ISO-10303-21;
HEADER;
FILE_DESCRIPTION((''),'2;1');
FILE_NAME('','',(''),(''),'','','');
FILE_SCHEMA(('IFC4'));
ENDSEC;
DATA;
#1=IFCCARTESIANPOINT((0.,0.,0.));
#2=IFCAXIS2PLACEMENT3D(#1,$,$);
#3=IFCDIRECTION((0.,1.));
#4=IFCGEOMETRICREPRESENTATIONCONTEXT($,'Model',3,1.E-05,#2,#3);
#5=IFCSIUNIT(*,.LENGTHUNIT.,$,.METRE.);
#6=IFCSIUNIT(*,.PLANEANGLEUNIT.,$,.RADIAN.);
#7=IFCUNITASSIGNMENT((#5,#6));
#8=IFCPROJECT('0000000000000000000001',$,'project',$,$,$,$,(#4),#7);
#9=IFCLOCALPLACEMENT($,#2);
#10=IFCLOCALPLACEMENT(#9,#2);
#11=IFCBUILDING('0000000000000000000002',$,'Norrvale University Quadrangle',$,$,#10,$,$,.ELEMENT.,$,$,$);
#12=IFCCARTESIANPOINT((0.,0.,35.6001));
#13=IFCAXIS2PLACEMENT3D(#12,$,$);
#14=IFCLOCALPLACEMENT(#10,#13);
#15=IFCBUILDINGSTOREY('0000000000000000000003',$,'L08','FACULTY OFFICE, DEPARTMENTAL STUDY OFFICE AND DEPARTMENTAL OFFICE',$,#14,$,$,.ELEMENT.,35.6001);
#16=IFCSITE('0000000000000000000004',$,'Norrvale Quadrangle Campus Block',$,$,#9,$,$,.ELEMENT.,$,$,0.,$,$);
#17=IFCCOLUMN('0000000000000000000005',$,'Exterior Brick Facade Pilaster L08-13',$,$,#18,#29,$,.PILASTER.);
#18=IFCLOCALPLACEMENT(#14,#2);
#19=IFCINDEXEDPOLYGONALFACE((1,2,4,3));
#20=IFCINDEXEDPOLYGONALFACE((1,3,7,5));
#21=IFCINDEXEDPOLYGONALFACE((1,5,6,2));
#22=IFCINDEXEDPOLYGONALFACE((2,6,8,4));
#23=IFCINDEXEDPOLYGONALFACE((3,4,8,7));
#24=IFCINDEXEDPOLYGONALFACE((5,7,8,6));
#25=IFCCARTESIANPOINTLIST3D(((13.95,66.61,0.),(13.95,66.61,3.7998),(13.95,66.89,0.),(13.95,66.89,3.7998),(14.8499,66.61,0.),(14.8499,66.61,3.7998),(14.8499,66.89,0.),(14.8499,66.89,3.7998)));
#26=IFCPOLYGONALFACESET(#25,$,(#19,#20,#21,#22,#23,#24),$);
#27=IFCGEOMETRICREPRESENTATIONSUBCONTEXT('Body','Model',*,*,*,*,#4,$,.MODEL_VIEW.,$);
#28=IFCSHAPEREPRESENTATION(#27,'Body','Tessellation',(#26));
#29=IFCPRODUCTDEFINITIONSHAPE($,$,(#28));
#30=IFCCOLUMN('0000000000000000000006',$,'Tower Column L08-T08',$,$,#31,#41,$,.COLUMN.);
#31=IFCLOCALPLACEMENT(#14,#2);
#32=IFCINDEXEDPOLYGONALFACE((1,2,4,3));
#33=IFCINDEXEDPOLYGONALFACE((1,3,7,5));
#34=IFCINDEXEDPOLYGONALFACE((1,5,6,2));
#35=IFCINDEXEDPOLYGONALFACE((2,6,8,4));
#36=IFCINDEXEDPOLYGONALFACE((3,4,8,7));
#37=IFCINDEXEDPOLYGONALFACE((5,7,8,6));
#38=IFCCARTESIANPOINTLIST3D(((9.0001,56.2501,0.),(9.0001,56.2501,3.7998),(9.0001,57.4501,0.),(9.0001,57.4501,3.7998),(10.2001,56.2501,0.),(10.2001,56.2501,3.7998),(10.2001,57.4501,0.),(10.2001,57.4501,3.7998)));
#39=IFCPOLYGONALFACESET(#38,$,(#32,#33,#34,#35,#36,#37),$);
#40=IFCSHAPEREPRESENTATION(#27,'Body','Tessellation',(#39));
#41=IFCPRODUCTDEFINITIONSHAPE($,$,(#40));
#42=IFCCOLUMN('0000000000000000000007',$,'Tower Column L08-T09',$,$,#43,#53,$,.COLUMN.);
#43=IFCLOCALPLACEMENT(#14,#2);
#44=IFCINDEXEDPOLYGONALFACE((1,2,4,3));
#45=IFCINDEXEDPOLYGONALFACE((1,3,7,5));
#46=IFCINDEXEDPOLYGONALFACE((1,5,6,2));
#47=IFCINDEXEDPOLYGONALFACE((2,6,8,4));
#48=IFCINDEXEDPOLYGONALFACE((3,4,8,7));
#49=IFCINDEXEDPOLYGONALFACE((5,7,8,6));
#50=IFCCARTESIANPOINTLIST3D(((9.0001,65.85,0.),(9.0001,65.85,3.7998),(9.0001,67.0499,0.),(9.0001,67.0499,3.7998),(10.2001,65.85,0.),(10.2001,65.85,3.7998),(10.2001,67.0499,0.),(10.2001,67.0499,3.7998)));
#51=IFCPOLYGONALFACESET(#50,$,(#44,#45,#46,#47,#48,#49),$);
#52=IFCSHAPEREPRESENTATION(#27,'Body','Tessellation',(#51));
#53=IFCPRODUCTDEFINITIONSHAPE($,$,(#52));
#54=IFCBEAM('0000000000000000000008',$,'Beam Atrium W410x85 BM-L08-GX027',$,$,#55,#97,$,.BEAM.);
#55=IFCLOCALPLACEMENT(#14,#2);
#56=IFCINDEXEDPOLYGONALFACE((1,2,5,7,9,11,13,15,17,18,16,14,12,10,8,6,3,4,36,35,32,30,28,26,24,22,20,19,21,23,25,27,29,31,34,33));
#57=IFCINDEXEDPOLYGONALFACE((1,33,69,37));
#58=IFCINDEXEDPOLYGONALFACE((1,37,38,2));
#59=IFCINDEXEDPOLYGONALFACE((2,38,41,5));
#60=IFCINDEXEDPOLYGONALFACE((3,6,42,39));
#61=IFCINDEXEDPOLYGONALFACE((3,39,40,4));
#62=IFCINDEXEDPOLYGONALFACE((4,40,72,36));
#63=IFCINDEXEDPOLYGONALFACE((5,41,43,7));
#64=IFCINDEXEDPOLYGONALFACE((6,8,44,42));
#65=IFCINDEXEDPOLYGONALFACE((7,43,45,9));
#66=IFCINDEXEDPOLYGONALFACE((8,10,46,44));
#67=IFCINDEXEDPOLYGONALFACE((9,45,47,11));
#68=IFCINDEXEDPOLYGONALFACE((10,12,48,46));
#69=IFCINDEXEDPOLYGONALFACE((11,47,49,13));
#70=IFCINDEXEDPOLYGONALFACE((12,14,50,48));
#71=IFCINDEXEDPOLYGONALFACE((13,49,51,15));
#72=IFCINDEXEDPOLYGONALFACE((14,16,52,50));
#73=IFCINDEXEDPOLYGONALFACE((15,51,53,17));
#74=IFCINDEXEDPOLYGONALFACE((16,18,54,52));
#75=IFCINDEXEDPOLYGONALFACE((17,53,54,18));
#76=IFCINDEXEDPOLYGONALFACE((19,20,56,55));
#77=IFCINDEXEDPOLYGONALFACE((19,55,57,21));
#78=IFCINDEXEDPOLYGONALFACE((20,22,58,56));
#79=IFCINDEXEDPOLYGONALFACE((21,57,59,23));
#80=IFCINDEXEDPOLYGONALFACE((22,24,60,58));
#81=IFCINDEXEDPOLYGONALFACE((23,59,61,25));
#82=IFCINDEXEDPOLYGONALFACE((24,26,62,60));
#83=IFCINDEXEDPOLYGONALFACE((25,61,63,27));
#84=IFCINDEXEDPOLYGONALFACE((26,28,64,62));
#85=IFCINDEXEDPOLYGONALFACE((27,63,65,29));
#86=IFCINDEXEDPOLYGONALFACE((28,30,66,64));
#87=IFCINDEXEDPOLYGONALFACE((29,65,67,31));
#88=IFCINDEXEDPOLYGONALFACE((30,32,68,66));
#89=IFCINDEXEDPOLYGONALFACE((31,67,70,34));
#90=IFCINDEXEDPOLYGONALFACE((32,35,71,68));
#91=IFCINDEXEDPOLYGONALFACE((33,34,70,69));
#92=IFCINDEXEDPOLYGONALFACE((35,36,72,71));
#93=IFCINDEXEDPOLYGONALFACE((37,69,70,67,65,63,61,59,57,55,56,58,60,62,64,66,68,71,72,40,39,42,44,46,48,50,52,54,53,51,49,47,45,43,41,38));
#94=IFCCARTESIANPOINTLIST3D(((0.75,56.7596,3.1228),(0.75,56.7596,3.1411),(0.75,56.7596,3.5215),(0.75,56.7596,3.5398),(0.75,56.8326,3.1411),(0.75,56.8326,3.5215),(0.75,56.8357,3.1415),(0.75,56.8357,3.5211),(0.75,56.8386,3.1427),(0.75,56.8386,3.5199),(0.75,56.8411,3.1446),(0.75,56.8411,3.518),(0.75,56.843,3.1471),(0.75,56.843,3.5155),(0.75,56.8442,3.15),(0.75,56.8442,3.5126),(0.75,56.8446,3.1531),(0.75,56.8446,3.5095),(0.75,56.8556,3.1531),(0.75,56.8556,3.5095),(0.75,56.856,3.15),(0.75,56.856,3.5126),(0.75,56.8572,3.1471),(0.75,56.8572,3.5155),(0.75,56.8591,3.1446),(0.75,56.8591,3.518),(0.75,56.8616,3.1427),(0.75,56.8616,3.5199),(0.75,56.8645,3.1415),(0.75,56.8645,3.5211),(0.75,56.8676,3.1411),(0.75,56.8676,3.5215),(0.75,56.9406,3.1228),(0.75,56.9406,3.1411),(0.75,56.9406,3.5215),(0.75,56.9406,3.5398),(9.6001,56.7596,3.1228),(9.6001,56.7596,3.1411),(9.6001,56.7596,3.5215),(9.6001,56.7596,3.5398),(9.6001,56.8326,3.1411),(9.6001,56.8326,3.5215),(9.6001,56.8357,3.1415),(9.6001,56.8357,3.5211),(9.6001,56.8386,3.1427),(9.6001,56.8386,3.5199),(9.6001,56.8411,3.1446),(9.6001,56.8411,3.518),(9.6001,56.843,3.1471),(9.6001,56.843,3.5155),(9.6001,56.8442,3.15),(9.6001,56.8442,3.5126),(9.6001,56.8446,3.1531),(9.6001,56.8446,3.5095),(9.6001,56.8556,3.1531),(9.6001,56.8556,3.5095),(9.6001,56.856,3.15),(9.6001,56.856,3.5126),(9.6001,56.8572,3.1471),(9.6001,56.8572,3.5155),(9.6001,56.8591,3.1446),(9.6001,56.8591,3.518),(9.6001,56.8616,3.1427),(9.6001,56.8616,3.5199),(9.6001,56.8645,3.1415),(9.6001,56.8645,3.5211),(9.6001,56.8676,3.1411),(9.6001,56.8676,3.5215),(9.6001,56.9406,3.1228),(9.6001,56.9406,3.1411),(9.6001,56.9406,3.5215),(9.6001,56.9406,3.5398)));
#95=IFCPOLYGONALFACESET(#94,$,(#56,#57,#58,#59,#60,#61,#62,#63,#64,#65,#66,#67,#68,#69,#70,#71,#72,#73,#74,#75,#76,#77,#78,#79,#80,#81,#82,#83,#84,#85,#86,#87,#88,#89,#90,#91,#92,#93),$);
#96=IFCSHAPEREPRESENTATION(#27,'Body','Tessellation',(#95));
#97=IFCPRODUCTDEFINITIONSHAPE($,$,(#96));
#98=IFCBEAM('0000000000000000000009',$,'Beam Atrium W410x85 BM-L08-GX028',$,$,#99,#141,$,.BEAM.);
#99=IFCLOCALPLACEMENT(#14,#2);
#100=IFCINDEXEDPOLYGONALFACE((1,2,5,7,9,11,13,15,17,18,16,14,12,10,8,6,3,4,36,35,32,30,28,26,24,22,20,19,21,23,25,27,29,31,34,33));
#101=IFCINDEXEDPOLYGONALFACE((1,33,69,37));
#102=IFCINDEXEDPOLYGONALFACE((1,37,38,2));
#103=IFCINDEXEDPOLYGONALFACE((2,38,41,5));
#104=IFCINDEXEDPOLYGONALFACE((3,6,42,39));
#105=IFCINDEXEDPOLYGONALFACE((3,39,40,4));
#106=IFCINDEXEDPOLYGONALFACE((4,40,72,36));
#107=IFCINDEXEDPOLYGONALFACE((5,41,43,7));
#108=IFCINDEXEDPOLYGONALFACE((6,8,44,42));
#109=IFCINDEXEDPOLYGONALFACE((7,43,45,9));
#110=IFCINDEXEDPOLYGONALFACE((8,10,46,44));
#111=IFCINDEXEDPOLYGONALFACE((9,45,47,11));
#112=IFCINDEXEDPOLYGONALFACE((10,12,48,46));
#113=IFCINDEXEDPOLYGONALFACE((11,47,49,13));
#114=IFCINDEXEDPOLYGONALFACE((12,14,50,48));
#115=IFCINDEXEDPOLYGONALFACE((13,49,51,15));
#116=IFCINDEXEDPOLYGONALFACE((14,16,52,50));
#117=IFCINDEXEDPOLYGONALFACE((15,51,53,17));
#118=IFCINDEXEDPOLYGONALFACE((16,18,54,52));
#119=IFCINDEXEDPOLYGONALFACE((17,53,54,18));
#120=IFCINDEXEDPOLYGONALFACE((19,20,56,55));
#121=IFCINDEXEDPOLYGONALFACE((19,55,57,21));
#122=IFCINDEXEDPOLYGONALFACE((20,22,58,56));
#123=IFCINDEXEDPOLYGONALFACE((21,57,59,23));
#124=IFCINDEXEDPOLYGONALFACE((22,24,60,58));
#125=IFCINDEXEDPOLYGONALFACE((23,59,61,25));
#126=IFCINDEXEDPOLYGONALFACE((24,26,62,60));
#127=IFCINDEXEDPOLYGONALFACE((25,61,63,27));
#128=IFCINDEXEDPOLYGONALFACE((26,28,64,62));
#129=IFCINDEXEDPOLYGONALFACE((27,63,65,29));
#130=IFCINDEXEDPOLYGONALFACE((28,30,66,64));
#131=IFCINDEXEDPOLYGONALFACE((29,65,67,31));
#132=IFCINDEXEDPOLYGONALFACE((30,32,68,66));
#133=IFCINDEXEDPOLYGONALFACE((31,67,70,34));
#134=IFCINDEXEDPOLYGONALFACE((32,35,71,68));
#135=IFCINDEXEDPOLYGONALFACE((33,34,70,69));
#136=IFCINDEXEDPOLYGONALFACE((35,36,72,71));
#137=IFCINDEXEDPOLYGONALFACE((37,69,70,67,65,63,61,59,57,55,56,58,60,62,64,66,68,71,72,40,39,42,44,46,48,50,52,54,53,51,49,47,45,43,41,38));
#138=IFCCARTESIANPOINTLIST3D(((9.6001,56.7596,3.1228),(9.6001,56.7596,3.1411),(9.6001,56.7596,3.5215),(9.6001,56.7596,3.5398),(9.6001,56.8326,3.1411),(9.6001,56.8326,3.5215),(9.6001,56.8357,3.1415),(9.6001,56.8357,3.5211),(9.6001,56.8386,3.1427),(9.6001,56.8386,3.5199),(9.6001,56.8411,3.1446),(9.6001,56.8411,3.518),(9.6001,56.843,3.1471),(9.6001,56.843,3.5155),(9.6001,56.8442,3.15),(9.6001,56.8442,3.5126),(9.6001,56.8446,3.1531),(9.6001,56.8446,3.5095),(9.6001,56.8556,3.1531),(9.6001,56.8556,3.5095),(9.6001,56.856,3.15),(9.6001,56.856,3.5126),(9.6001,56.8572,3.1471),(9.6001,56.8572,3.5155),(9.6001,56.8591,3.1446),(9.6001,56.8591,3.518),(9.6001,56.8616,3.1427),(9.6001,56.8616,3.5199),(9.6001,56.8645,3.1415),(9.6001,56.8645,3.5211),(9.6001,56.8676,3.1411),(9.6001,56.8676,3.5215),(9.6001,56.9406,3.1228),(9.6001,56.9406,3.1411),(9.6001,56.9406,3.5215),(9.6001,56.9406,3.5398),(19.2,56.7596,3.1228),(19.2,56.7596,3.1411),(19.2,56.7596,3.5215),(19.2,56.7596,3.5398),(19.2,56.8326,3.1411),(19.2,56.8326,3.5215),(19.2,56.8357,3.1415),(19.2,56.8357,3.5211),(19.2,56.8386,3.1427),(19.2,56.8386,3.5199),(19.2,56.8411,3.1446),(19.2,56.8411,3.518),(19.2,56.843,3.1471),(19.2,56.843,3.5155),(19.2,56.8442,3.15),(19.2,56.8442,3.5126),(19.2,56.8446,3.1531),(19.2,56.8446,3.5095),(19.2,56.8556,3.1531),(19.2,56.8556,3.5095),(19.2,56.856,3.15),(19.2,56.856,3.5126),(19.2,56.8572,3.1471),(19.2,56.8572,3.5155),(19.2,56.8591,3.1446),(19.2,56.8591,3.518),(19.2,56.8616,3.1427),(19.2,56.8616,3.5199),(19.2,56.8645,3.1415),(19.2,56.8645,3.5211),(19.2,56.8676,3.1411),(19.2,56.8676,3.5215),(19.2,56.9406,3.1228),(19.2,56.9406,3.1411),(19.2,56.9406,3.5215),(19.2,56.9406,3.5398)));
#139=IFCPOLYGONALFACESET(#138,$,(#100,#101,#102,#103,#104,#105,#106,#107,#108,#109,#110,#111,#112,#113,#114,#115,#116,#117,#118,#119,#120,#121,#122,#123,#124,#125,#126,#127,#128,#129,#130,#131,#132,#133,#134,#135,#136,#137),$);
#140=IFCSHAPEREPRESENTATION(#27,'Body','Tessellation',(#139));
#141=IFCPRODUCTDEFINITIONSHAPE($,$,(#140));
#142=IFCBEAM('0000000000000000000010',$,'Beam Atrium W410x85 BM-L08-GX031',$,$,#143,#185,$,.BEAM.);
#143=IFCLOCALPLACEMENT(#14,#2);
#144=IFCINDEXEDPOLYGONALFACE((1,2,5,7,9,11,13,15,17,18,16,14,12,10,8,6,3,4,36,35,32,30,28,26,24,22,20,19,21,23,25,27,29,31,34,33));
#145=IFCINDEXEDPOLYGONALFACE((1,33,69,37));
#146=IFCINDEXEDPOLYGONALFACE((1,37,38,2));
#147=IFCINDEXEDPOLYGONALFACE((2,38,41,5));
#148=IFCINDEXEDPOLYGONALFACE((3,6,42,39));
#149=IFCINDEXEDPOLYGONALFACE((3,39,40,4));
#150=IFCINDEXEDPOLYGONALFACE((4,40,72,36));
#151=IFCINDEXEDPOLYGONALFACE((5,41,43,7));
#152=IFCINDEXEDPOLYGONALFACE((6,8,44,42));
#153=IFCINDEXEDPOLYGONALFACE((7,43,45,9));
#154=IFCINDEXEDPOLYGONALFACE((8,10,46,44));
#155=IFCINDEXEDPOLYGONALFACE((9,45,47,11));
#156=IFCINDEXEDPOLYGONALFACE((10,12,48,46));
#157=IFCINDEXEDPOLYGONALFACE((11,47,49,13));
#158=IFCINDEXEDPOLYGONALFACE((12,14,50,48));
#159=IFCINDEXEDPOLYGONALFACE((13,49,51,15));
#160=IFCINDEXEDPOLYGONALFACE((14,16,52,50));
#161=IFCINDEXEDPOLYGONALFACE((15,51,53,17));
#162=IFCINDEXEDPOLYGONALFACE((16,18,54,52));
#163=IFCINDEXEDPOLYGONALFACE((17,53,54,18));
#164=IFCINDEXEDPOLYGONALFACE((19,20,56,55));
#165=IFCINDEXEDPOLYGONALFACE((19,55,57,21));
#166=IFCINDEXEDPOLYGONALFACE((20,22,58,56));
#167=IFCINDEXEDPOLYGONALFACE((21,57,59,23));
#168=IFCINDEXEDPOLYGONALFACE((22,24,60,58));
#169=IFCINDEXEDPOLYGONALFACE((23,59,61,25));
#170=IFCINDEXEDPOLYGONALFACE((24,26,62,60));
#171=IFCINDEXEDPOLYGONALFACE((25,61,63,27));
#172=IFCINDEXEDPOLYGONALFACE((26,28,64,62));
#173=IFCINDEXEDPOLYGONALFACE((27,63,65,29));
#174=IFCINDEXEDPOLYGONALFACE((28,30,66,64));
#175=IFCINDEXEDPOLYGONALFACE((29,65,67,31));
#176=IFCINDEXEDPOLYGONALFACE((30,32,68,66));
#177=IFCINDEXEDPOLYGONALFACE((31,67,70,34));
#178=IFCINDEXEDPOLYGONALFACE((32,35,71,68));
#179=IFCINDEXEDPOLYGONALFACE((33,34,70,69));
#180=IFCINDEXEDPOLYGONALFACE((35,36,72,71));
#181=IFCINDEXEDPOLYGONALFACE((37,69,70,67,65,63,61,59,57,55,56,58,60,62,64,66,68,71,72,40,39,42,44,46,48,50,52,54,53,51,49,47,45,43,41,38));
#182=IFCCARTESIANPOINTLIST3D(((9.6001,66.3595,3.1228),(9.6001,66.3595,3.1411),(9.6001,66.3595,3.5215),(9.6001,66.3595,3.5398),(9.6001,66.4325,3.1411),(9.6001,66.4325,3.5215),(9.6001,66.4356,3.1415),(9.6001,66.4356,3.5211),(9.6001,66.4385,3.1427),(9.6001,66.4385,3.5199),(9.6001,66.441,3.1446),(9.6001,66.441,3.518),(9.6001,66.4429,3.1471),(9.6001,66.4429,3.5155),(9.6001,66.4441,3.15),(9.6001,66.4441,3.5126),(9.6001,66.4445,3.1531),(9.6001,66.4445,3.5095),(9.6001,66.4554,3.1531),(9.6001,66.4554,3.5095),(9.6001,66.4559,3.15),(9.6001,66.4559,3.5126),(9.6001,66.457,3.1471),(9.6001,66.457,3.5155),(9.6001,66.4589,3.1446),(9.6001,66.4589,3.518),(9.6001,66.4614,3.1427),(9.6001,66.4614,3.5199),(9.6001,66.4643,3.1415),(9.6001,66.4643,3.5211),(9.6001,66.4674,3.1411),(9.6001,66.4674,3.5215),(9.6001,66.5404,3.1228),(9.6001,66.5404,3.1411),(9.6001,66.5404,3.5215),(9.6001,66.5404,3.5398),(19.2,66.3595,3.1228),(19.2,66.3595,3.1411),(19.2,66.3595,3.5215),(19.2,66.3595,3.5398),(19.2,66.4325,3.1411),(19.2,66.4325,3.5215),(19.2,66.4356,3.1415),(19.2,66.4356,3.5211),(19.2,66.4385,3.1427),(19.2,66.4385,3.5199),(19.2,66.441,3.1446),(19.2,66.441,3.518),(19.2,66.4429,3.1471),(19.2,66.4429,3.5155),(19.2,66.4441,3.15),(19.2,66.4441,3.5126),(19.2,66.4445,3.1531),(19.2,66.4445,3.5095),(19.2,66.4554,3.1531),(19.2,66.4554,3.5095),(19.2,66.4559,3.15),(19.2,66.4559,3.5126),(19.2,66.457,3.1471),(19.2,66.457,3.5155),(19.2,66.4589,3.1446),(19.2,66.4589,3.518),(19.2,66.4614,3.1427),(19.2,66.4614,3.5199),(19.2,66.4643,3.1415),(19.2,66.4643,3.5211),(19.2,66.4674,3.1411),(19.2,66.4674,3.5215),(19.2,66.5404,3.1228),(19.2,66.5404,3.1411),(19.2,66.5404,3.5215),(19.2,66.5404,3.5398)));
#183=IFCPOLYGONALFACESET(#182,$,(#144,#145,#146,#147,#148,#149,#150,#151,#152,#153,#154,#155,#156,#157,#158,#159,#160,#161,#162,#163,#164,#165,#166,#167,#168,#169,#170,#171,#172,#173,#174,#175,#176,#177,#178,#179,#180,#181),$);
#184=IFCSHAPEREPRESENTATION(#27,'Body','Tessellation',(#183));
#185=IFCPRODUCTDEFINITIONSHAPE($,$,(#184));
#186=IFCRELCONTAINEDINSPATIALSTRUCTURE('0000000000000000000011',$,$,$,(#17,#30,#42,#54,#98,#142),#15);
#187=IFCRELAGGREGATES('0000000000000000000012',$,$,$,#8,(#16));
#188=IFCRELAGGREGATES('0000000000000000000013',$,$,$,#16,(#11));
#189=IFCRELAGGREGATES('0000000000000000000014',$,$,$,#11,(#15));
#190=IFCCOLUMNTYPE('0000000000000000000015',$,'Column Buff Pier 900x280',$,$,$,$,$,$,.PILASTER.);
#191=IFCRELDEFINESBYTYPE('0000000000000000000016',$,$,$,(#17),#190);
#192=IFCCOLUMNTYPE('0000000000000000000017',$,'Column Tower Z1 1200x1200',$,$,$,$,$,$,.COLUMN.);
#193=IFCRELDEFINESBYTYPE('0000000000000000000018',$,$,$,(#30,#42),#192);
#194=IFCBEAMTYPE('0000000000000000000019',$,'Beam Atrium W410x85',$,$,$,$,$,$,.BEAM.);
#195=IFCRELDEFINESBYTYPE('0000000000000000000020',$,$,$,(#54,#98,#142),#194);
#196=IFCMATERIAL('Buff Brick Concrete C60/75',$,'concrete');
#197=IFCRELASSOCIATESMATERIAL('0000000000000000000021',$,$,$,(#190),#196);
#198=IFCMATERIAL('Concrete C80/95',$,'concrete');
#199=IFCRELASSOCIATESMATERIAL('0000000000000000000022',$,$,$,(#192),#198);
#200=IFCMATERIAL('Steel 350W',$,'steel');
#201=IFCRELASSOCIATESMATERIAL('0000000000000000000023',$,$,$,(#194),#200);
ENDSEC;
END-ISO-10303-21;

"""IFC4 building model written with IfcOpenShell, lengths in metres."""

from ifc_helpers import new_model, si_unit, direction, frame, origin, origin_2d, place, context, subcontext, project, spatial, rectangle, i_section, extrude, material, material_profile, profile_set, type_object, element, save


model = new_model("IFC4")

# Units and contexts
model_context = context("Model", 3, precision=1e-05, world=origin(), true_north=direction((0.0, 1.0)))
body_context = subcontext(model_context, "Body", "Model", "MODEL_VIEW")
ifc_project = project(units=[si_unit("LENGTHUNIT", "METRE"), si_unit("PLANEANGLEUNIT", "RADIAN")], contexts=[model_context])

# Site, building, storey
site_placement = place(None, origin())
site = spatial("IfcSite", under=ifc_project, at=site_placement, Name="Norrvale Quadrangle Campus Block", CompositionType="ELEMENT", RefElevation=0.0)
building_placement = place(site_placement, origin())
building = spatial("IfcBuilding", under=site, at=building_placement, Name="Norrvale University Quadrangle", CompositionType="ELEMENT")
storey_placement = place(building_placement, frame((0.0, 0.0, 35.6001)))
storey = spatial("IfcBuildingStorey", under=building, at=storey_placement, Name="L08", Description="FACULTY OFFICE, DEPARTMENTAL STUDY OFFICE AND DEPARTMENTAL OFFICE", CompositionType="ELEMENT", Elevation=35.6001)

# Columns
ifc_material_1 = material(Name="Buff Brick Concrete C60/75", Category="concrete")
ifc_material_profile_1 = material_profile(ifc_material_1, rectangle(XDim=0.8999, YDim=0.28, at=origin_2d()), Name="Buff Brick Concrete C60/75")
ifc_profile_set_1 = profile_set([ifc_material_profile_1], Name="Buff Brick Concrete C60/75")
column_type_1 = type_object("IfcColumnType", Name="Column Buff Pier 900x280", PredefinedType="PILASTER", material=ifc_profile_set_1)
column_placement = place(storey_placement, frame((14.3999, 66.75, 0.0), z_axis=(0.0, 0.0, 1.0), x_axis=(1.0, 0.0, 0.0)))
element("IfcColumn", 1, at=column_placement, inside=storey, type_object=column_type_1, Name="Exterior Brick Facade Pilaster L08-13", PredefinedType="PILASTER", context=body_context, shape_type="SweptSolid", body=[
    extrude(rectangle(XDim=0.8999, YDim=0.28, at=origin_2d()), origin(), (0.0, 0.0, 1.0), 3.7998),
])
ifc_material_2 = material(Name="Concrete C80/95", Category="concrete")
ifc_material_profile_2 = material_profile(ifc_material_2, rectangle(XDim=1.2, YDim=1.2, at=origin_2d()), Name="Concrete C80/95")
ifc_profile_set_2 = profile_set([ifc_material_profile_2], Name="Concrete C80/95")
column_type_2 = type_object("IfcColumnType", Name="Column Tower Z1 1200x1200", PredefinedType="COLUMN", material=ifc_profile_set_2)
for number, where, z_axis, x_axis, name in (
    (2, (9.6001, 56.8501, 0.0), (0.0, 0.0, 1.0), (1.0, 0.0, 0.0), "Tower Column L08-T08"),
    (3, (9.6001, 66.45, 0.0), (0.0, 0.0, 1.0), (1.0, 0.0, 0.0), "Tower Column L08-T09"),
):
    element("IfcColumn", number, at=place(storey_placement, frame(where, z_axis=z_axis, x_axis=x_axis)), inside=storey, type_object=column_type_2, Name=name, PredefinedType="COLUMN", context=body_context, shape_type="SweptSolid", body=[
        extrude(rectangle(XDim=1.2, YDim=1.2, at=origin_2d()), origin(), (0.0, 0.0, 1.0), 3.7998),
    ])

# Beams
ifc_material_3 = material(Name="Steel 350W", Category="steel")
ifc_material_profile_3 = material_profile(ifc_material_3, i_section(OverallWidth=0.1809, OverallDepth=0.417, WebThickness=0.011, FlangeThickness=0.0183, FilletRadius=0.012, at=origin_2d()), Name="Steel 350W")
ifc_profile_set_3 = profile_set([ifc_material_profile_3], Name="Steel 350W")
beam_type_1 = type_object("IfcBeamType", Name="Beam Atrium W410x85", PredefinedType="BEAM", material=ifc_profile_set_3)
beam_1_placement = place(storey_placement, frame((0.75, 56.8501, 3.3313), z_axis=(1.0, 0.0, 0.0), x_axis=(0.0, 1.0, 0.0)))
element("IfcBeam", 4, at=beam_1_placement, inside=storey, type_object=beam_type_1, Name="Beam Atrium W410x85 BM-L08-GX027", PredefinedType="BEAM", context=body_context, shape_type="SweptSolid", body=[
    extrude(i_section(OverallWidth=0.1809, OverallDepth=0.417, WebThickness=0.011, FlangeThickness=0.0183, FilletRadius=0.012, at=origin_2d()), origin(), (0.0, 0.0, 1.0), 8.8501),
])
for number, where, z_axis, x_axis, name in (
    (5, (9.6001, 56.8501, 3.3313), (1.0, 0.0, 0.0), (0.0, 1.0, 0.0), "Beam Atrium W410x85 BM-L08-GX028"),
    (6, (9.6001, 66.45, 3.3313), (1.0, 0.0, 0.0), (0.0, 1.0, 0.0), "Beam Atrium W410x85 BM-L08-GX031"),
):
    element("IfcBeam", number, at=place(storey_placement, frame(where, z_axis=z_axis, x_axis=x_axis)), inside=storey, type_object=beam_type_1, Name=name, PredefinedType="BEAM", context=body_context, shape_type="SweptSolid", body=[
        extrude(i_section(OverallWidth=0.1809, OverallDepth=0.417, WebThickness=0.011, FlangeThickness=0.0183, FilletRadius=0.012, at=origin_2d()), origin(), (0.0, 0.0, 1.0), 9.5999),
    ])

save(model, "model.ifc")
